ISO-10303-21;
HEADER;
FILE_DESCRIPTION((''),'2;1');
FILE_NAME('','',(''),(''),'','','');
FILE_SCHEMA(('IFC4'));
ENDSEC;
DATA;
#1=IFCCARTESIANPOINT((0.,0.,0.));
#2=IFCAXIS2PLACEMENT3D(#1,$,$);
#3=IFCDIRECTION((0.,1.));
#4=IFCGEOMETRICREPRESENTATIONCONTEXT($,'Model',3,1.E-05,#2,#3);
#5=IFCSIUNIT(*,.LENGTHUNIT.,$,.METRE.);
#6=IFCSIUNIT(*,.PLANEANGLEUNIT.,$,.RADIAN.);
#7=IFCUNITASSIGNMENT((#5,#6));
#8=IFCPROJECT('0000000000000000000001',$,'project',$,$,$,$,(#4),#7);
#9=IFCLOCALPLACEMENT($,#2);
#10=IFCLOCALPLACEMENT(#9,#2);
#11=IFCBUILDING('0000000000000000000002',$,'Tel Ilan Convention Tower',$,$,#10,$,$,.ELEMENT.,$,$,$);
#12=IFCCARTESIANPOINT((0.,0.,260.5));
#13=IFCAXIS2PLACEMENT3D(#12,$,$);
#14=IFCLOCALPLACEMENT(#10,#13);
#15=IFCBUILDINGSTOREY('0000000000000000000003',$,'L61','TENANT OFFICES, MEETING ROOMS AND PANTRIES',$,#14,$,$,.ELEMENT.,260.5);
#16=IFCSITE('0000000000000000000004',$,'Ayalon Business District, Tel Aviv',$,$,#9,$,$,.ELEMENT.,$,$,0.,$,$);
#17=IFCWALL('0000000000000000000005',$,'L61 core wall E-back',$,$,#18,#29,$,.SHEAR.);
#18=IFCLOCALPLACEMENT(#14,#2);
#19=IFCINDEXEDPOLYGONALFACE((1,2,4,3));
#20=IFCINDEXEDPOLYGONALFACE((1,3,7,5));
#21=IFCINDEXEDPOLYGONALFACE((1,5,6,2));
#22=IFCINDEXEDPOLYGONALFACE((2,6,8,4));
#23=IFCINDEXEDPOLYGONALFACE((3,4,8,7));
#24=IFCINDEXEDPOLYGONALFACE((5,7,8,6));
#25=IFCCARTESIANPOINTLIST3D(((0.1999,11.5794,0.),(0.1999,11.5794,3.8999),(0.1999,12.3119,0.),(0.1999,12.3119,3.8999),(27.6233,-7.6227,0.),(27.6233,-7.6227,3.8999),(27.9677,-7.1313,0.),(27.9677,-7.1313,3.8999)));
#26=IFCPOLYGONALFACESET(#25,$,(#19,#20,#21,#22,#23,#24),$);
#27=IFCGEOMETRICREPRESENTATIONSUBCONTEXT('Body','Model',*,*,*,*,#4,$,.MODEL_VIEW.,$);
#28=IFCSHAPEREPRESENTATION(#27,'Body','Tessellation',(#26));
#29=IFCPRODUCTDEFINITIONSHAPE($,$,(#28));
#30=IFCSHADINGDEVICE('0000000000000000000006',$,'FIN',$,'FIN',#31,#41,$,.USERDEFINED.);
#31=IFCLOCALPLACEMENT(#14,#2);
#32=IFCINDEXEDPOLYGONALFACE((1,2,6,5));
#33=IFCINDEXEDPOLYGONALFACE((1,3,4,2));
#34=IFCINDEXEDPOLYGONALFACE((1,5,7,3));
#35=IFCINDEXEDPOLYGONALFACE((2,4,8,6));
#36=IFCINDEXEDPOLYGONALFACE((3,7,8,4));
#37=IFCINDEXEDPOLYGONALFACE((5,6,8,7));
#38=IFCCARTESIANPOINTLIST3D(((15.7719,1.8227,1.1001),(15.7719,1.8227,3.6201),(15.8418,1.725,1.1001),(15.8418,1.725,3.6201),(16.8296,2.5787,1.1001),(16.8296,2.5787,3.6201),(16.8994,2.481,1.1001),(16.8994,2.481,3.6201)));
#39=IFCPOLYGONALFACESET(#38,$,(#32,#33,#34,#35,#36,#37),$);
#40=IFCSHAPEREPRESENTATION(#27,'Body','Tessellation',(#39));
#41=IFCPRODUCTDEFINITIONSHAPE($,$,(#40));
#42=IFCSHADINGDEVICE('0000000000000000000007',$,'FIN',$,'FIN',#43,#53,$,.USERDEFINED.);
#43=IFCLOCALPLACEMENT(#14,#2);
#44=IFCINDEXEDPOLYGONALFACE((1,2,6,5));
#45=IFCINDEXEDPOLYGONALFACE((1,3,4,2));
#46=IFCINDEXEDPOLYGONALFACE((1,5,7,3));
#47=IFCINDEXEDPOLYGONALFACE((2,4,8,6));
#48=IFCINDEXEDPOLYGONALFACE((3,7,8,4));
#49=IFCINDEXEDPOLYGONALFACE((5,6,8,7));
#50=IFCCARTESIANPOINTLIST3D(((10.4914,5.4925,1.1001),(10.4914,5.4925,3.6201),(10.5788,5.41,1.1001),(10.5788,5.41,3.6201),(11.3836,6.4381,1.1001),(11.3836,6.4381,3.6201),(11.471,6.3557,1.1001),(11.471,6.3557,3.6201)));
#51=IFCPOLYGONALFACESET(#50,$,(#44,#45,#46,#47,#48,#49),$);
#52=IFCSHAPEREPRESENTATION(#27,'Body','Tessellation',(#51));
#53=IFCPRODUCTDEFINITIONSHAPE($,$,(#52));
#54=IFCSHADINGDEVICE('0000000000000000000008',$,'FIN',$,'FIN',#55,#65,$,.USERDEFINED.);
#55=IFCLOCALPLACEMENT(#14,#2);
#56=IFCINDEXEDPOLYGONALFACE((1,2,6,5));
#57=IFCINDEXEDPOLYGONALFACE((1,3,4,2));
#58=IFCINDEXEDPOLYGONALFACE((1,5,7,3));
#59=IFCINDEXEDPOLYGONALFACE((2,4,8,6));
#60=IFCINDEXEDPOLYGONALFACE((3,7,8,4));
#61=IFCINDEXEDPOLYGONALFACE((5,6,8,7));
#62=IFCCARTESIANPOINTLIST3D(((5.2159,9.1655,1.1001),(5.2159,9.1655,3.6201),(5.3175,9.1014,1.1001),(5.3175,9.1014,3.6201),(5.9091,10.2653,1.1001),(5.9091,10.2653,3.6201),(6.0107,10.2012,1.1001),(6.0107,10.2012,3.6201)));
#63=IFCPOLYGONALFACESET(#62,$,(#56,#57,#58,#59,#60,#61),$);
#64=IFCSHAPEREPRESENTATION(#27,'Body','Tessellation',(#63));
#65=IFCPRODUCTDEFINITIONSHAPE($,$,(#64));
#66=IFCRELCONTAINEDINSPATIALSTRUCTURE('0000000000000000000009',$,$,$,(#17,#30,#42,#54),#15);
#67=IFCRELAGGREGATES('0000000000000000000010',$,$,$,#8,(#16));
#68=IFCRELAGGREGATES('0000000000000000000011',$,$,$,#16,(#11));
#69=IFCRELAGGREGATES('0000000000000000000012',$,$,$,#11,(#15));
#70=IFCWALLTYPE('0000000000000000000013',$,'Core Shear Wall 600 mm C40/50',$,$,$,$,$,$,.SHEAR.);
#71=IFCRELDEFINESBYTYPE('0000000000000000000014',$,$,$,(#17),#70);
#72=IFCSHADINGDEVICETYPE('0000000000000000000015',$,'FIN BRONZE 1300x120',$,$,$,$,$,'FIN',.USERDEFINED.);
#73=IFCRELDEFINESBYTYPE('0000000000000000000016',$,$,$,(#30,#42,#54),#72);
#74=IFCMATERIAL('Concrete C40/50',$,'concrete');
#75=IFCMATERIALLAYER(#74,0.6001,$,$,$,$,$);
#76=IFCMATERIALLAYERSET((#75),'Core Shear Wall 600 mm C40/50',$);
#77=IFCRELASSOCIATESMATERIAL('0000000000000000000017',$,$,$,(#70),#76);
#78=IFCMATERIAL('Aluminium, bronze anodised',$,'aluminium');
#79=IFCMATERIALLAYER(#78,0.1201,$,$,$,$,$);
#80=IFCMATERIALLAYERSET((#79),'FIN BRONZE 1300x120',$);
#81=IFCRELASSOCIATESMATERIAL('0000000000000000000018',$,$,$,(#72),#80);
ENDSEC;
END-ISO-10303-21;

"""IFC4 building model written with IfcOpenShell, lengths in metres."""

from ifc_helpers import new_model, si_unit, direction, frame, origin, origin_2d, place, context, subcontext, project, spatial, polyline, rectangle, outline, extrude, material, layer, layer_set, type_object, element, save


model = new_model("IFC4")

# Units and contexts
model_context = context("Model", 3, precision=1e-05, world=origin(), true_north=direction((0.0, 1.0)))
body_context = subcontext(model_context, "Body", "Model", "MODEL_VIEW")
ifc_project = project(units=[si_unit("LENGTHUNIT", "METRE"), si_unit("PLANEANGLEUNIT", "RADIAN")], contexts=[model_context])

# Site, building, storey
site_placement = place(None, origin())
site = spatial("IfcSite", under=ifc_project, at=site_placement, Name="Ayalon Business District, Tel Aviv", CompositionType="ELEMENT", RefElevation=0.0)
building_placement = place(site_placement, origin())
building = spatial("IfcBuilding", under=site, at=building_placement, Name="Tel Ilan Convention Tower", CompositionType="ELEMENT")
storey_placement = place(building_placement, frame((0.0, 0.0, 260.5)))
storey = spatial("IfcBuildingStorey", under=building, at=storey_placement, Name="L61", Description="TENANT OFFICES, MEETING ROOMS AND PANTRIES", CompositionType="ELEMENT", Elevation=260.5)

# Wall
ifc_material_1 = material(Name="Concrete C40/50", Category="concrete")
ifc_layer_1 = layer(ifc_material_1, 0.6001)
ifc_layer_set_1 = layer_set([ifc_layer_1], Name="Core Shear Wall 600 mm C40/50")
wall_type_1 = type_object("IfcWallType", Name="Core Shear Wall 600 mm C40/50", PredefinedType="SHEAR", material=ifc_layer_set_1)
wall_1_placement = place(storey_placement, frame((0.0278, 12.0662, 0.0), z_axis=(0.0, 0.0, 1.0), x_axis=(0.819151, -0.573577, 0.0)))
element("IfcWall", 1, at=wall_1_placement, inside=storey, type_object=wall_type_1, Name="L61 core wall E-back", PredefinedType="SHEAR", context=body_context, shape_type="SweptSolid", body=[
    extrude(outline(polyline([(33.8982, 0.3), (0.0, 0.3), (0.4202, -0.3), (33.8979, -0.3), (33.8982, 0.3)])), origin(), (0.0, 0.0, 1.0), 3.8999),
])

# Shading devices
ifc_material_2 = material(Name="Aluminium, bronze anodised", Category="aluminium")
ifc_layer_2 = layer(ifc_material_2, 0.1201)
ifc_layer_set_2 = layer_set([ifc_layer_2], Name="FIN BRONZE 1300x120")
shading_device_type_1 = type_object("IfcShadingDeviceType", Name="FIN BRONZE 1300x120", ElementType="FIN", PredefinedType="USERDEFINED", material=ifc_layer_set_2)
for number, where, z_axis, x_axis, name in (
    (2, (16.3357, 2.1519, 1.1001), (0.0, 0.0, 1.0), (0.813552, 0.581492, 0.0), "FIN"),
    (3, (10.9812, 5.9241, 1.1001), (0.0, 0.0, 1.0), (0.686242, 0.727374, 0.0), "FIN"),
    (4, (5.6133, 9.6833, 1.1001), (0.0, 0.0, 1.0), (0.533204, 0.845986, 0.0), "FIN"),
):
    element("IfcShadingDevice", number, at=place(storey_placement, frame(where, z_axis=z_axis, x_axis=x_axis)), inside=storey, type_object=shading_device_type_1, Name=name, ObjectType="FIN", PredefinedType="USERDEFINED", context=body_context, shape_type="SweptSolid", body=[
        extrude(rectangle(XDim=1.3, YDim=0.1201, at=origin_2d()), origin(), (0.0, 0.0, 1.0), 2.52),
    ])

save(model, "model.ifc")
